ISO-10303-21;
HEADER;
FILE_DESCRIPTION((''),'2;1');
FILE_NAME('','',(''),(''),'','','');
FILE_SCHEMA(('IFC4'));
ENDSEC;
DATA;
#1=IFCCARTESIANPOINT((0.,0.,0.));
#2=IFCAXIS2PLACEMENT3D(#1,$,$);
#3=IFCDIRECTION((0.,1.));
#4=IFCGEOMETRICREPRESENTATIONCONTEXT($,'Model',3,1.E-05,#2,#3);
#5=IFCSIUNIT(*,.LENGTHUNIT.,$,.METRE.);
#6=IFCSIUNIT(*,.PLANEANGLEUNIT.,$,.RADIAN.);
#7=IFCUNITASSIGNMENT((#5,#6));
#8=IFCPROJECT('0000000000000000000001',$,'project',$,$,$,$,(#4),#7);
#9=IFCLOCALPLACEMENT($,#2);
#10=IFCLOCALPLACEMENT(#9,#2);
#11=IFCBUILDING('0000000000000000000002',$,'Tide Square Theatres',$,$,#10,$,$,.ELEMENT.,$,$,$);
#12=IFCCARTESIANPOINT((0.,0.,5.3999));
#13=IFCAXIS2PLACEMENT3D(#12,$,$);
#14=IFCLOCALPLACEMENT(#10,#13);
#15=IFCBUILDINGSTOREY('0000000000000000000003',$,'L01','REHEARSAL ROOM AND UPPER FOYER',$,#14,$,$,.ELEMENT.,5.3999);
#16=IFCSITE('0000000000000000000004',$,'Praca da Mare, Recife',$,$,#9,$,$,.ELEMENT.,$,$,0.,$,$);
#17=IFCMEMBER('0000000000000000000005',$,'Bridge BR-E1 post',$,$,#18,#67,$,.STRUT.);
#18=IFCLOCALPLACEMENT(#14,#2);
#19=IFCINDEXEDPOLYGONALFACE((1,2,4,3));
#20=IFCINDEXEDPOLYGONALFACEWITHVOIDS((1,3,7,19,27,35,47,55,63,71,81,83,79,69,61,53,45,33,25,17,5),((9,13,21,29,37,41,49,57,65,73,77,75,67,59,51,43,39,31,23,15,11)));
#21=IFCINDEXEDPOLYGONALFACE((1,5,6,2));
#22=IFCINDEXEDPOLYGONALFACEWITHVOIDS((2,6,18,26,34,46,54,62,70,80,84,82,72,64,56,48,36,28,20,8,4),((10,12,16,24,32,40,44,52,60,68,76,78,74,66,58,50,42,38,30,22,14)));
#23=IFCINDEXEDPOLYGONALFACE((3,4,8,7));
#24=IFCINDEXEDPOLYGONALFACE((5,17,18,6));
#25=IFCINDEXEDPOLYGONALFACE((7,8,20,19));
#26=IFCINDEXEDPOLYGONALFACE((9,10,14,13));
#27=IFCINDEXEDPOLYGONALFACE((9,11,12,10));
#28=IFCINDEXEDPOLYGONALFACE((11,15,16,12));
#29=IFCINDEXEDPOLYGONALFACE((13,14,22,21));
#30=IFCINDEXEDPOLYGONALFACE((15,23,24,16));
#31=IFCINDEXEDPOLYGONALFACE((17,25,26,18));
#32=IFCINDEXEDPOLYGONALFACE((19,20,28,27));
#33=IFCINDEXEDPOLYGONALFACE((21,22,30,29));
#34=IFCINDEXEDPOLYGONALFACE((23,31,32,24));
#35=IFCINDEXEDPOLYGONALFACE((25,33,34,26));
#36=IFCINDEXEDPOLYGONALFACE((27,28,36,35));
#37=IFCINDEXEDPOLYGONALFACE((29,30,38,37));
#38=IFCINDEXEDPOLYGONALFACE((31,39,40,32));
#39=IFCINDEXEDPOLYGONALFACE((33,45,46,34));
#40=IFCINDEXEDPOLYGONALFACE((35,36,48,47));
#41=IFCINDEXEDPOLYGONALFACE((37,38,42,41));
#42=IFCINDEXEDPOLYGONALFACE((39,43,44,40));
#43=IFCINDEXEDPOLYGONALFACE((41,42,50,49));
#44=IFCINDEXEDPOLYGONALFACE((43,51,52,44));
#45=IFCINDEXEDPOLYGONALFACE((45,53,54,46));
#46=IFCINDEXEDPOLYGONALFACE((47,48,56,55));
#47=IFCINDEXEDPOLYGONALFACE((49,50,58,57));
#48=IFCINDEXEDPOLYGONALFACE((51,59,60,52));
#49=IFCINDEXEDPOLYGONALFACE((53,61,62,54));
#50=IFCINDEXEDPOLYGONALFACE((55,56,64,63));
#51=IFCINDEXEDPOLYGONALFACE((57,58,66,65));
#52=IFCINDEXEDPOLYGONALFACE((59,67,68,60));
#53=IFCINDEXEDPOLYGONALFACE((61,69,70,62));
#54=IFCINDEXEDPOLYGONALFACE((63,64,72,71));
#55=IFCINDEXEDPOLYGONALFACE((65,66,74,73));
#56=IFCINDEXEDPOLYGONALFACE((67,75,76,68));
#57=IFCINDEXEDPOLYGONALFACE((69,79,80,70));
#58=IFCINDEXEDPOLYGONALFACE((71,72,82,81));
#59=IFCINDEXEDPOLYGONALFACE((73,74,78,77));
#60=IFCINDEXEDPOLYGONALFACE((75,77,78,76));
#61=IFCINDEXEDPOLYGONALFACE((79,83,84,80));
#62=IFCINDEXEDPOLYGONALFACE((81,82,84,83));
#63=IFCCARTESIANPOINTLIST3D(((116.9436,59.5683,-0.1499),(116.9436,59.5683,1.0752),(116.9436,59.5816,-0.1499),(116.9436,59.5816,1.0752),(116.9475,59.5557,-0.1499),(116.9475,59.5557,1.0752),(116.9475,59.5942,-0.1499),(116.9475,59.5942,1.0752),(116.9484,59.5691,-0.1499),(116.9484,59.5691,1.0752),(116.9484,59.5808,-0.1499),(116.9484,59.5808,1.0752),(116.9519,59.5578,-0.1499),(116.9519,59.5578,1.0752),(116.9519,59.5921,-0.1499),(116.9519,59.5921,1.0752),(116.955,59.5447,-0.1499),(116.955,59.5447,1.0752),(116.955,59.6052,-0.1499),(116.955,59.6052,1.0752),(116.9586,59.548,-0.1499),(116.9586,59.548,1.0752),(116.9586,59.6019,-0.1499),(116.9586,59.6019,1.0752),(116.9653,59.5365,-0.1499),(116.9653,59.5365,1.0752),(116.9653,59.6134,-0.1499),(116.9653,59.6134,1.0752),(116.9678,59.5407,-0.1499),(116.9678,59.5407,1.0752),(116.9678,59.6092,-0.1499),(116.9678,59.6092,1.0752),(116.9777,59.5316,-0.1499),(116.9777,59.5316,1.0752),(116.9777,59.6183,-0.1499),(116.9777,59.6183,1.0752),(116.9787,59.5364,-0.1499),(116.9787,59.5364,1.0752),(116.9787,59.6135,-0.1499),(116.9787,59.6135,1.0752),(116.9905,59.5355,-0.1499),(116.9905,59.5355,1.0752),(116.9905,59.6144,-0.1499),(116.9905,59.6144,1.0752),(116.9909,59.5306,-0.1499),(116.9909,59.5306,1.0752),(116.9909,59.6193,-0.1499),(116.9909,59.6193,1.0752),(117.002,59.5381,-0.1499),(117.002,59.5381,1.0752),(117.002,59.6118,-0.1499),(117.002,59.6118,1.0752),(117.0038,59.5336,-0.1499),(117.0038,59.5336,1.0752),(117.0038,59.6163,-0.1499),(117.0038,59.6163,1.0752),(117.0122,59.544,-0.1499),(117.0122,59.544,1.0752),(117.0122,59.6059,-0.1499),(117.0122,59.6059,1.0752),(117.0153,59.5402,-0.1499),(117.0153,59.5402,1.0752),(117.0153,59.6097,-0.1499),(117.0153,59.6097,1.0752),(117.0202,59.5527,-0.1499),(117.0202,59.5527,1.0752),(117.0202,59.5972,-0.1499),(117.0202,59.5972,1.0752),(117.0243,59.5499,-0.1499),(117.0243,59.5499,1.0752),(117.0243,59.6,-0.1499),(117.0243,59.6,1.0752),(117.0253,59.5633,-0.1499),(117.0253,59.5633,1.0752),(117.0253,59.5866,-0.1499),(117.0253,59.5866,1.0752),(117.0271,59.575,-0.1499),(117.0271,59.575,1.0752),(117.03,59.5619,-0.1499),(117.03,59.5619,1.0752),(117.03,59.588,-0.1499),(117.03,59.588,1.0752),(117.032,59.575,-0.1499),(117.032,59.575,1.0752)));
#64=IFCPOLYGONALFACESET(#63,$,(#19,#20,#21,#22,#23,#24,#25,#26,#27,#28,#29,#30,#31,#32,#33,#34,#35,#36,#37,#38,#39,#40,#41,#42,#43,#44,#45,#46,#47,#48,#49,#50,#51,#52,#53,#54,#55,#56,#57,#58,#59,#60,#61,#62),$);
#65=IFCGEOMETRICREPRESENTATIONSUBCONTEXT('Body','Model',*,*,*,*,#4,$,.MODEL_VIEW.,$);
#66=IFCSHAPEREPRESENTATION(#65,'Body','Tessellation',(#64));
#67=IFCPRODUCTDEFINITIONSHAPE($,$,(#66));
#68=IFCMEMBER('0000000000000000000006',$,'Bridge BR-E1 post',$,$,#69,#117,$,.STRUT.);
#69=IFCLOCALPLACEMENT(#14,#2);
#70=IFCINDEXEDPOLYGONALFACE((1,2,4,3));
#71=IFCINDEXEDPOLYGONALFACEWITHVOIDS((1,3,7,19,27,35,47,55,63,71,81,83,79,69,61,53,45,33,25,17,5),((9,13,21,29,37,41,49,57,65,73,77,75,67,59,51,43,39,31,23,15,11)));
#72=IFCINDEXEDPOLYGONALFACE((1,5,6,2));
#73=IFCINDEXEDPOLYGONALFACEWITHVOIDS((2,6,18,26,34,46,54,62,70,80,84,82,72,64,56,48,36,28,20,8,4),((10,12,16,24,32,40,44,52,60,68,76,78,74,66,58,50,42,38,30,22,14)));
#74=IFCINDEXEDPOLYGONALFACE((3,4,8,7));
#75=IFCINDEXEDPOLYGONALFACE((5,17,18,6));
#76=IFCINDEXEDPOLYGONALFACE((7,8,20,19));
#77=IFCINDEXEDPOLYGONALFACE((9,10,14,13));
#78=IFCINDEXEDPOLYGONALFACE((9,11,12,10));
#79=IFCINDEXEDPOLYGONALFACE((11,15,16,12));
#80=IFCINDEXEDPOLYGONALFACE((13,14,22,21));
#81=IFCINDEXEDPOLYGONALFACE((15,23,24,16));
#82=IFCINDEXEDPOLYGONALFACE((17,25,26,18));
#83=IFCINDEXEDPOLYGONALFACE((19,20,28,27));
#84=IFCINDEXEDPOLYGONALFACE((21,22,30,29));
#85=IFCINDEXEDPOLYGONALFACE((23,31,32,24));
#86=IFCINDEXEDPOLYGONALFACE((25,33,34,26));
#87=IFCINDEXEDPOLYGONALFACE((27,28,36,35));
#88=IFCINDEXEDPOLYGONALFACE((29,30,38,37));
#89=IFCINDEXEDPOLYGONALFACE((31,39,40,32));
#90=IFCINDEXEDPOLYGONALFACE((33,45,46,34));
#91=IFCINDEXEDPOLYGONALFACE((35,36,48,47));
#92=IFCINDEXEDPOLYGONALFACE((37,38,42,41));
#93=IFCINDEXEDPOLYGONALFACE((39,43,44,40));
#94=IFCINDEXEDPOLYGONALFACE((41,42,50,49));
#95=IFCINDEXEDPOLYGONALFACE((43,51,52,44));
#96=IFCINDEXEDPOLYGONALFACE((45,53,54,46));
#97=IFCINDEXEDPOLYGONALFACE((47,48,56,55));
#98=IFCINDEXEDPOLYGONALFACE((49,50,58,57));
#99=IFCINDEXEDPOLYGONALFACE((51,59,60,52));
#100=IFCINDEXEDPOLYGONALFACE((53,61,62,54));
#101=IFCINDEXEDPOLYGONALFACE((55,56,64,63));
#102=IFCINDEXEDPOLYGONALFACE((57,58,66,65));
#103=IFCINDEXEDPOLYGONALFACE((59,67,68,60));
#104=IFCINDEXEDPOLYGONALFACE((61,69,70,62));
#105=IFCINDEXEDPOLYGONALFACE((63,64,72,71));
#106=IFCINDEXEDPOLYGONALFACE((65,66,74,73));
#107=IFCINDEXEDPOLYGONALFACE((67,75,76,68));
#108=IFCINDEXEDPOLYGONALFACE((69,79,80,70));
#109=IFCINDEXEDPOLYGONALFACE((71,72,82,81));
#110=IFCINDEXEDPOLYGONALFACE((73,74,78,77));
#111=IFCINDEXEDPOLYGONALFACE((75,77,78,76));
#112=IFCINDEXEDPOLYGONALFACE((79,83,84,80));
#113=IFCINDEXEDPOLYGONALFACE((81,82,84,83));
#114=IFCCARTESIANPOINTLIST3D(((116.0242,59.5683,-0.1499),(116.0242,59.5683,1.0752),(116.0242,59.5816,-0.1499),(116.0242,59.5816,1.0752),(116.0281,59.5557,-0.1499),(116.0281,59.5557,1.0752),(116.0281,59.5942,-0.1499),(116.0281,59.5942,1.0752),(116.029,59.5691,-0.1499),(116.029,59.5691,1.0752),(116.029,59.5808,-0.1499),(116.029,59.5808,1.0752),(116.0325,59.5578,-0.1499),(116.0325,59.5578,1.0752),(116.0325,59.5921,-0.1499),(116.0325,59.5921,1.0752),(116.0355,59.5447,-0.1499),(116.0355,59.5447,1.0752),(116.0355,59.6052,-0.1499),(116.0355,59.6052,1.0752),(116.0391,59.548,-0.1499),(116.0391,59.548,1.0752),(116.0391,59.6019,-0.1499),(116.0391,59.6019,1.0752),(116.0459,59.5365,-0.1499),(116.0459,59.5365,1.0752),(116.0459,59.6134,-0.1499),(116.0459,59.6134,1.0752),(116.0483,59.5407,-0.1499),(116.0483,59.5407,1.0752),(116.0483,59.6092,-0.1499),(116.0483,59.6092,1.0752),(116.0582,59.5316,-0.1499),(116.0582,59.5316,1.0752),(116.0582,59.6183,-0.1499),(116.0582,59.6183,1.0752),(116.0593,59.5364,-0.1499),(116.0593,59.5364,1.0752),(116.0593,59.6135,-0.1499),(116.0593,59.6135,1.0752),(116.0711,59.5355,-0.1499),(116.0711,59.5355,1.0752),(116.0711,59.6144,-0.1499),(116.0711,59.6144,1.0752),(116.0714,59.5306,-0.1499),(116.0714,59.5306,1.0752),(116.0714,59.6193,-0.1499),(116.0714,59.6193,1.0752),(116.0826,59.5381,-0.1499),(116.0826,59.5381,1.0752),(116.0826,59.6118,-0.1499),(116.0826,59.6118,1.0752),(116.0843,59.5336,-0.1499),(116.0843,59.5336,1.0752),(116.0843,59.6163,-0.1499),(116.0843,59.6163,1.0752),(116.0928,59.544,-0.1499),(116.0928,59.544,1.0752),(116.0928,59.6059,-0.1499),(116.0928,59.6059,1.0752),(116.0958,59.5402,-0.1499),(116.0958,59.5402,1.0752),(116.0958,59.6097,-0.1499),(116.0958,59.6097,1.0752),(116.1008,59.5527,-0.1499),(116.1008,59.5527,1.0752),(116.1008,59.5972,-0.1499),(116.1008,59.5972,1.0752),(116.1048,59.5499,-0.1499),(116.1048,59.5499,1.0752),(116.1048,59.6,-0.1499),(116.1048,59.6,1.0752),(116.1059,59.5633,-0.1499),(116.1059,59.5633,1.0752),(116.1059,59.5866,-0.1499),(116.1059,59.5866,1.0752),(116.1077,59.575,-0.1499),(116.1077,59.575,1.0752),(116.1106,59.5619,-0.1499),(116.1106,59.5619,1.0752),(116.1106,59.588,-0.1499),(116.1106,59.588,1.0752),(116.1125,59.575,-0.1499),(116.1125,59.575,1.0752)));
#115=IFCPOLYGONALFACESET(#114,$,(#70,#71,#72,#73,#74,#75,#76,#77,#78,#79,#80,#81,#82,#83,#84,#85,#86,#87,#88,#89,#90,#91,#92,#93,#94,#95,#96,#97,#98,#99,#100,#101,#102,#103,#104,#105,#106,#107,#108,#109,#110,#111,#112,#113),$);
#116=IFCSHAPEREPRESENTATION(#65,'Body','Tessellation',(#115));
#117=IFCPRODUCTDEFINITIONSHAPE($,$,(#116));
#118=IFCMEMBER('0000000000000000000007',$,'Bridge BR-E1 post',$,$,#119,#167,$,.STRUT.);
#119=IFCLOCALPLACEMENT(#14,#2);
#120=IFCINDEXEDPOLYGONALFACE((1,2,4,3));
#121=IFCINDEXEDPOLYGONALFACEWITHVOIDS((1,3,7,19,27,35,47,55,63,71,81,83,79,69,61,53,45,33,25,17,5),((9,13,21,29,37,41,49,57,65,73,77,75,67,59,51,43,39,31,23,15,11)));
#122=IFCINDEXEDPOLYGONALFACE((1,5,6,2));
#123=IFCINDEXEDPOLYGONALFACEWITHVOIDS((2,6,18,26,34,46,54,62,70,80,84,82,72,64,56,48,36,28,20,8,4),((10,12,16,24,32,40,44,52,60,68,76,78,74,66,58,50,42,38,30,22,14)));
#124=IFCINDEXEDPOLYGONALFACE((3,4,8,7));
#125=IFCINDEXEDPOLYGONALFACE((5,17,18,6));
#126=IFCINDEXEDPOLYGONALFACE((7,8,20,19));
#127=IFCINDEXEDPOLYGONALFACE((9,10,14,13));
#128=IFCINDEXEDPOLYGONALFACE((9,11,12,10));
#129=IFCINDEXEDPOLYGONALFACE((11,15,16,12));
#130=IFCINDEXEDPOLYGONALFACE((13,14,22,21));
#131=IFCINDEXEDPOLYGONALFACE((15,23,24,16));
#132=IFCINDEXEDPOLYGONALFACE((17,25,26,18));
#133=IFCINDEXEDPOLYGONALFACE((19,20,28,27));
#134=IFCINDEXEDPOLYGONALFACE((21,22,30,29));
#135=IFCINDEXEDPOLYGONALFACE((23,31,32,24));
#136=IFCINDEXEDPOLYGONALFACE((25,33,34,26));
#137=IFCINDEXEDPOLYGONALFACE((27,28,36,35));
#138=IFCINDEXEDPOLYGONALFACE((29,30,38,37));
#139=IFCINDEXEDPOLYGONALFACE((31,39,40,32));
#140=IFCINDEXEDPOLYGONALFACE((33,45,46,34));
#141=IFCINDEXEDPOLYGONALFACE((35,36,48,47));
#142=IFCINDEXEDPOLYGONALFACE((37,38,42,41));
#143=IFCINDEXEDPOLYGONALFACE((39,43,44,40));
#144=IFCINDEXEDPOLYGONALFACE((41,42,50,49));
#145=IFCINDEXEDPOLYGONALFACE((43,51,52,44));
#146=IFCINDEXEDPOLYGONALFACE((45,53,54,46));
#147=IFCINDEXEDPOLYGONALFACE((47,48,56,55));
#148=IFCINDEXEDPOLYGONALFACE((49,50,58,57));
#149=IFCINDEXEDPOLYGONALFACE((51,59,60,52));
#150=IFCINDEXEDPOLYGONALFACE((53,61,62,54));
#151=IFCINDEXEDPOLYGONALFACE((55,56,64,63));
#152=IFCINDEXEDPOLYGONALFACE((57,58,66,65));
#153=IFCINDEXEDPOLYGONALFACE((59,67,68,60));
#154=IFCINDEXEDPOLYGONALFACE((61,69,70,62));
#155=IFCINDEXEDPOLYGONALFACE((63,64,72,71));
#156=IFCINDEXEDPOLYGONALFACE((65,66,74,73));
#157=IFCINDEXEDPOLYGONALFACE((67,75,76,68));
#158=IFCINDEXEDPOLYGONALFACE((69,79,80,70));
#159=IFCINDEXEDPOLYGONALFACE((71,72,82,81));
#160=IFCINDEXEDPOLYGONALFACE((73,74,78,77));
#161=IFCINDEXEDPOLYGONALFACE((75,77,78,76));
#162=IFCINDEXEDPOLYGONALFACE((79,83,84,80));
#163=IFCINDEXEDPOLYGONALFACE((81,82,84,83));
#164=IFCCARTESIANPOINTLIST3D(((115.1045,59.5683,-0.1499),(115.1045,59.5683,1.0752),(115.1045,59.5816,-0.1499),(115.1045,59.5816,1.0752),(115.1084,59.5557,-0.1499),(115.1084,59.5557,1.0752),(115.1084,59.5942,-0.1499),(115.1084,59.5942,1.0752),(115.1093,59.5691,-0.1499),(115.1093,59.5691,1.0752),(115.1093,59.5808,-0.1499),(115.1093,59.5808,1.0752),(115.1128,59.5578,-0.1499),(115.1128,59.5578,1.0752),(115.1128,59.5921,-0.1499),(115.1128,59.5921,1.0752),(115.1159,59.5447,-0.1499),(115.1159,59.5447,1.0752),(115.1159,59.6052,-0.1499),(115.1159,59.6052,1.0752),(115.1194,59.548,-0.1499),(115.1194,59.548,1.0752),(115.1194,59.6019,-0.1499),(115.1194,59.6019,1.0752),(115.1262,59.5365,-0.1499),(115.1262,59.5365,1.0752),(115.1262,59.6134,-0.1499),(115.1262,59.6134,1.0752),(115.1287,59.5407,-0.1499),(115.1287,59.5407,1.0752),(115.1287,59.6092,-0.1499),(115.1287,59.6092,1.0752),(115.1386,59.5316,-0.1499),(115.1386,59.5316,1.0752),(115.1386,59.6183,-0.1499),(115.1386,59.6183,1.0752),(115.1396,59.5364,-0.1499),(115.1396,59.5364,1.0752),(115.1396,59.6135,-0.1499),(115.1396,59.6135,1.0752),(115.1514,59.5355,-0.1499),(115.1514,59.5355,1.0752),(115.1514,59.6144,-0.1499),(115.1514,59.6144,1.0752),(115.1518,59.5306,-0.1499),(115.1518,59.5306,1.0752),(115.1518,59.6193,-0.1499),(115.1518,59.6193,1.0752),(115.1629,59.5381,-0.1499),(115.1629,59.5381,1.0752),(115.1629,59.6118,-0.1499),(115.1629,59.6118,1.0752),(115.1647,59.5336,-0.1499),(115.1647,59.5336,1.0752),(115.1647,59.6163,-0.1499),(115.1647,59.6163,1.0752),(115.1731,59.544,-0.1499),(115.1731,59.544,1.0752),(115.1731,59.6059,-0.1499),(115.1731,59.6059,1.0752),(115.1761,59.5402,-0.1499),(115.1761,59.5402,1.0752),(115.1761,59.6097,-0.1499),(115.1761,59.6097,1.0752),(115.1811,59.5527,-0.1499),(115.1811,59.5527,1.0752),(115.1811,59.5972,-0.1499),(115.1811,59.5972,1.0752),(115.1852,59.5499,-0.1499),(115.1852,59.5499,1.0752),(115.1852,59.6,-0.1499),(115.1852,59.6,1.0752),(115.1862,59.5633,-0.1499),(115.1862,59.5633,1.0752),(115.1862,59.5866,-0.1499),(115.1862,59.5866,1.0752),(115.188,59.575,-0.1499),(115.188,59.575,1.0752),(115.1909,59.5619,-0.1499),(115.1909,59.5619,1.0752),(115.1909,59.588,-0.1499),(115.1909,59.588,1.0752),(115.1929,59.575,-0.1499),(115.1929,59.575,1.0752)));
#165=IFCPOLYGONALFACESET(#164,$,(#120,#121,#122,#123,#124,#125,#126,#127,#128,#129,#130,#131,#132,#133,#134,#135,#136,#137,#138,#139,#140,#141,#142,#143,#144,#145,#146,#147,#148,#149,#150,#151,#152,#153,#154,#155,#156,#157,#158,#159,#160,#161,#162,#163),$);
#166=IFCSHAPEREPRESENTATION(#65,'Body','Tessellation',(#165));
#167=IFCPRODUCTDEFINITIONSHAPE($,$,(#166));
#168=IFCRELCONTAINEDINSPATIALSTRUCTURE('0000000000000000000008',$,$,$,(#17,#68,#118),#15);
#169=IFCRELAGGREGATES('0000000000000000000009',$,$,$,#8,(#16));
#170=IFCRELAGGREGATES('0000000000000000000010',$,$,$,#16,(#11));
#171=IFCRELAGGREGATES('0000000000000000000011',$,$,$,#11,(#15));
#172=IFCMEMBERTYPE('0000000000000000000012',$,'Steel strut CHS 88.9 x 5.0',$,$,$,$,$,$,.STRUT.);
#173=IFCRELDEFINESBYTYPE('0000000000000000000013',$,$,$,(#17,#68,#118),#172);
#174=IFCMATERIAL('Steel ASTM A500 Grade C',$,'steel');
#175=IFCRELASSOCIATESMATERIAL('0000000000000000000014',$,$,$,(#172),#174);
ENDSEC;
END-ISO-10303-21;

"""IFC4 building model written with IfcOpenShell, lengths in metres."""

from ifc_helpers import new_model, si_unit, direction, frame, origin, origin_2d, place, context, subcontext, project, spatial, hollow_circle, extrude, material, material_profile, profile_set, type_object, element, save


model = new_model("IFC4")

# Units and contexts
model_context = context("Model", 3, precision=1e-05, world=origin(), true_north=direction((0.0, 1.0)))
body_context = subcontext(model_context, "Body", "Model", "MODEL_VIEW")
ifc_project = project(units=[si_unit("LENGTHUNIT", "METRE"), si_unit("PLANEANGLEUNIT", "RADIAN")], contexts=[model_context])

# Site, building, storey
site_placement = place(None, origin())
site = spatial("IfcSite", under=ifc_project, at=site_placement, Name="Praca da Mare, Recife", CompositionType="ELEMENT", RefElevation=0.0)
building_placement = place(site_placement, origin())
building = spatial("IfcBuilding", under=site, at=building_placement, Name="Tide Square Theatres", CompositionType="ELEMENT")
storey_placement = place(building_placement, frame((0.0, 0.0, 5.3999)))
storey = spatial("IfcBuildingStorey", under=building, at=storey_placement, Name="L01", Description="REHEARSAL ROOM AND UPPER FOYER", CompositionType="ELEMENT", Elevation=5.3999)

# Members
ifc_material_1 = material(Name="Steel ASTM A500 Grade C", Category="steel")
ifc_material_profile_1 = material_profile(ifc_material_1, hollow_circle(Radius=0.0444, WallThickness=0.0049, at=origin_2d()))
ifc_profile_set_1 = profile_set([ifc_material_profile_1], Name="Steel ASTM A500 Grade C")
member_type_1 = type_object("IfcMemberType", Name="Steel strut CHS 88.9 x 5.0", PredefinedType="STRUT", material=ifc_profile_set_1)
for number, where, z_axis, x_axis, name in (
    (1, (116.9875, 59.575, -0.1499), (0.0, 0.0, 1.0), (1.0, 0.0, 0.0), "Bridge BR-E1 post"),
    (2, (116.0681, 59.575, -0.1499), (0.0, 0.0, 1.0), (1.0, 0.0, 0.0), "Bridge BR-E1 post"),
    (3, (115.1484, 59.575, -0.1499), (0.0, 0.0, 1.0), (1.0, 0.0, 0.0), "Bridge BR-E1 post"),
):
    element("IfcMember", number, at=place(storey_placement, frame(where, z_axis=z_axis, x_axis=x_axis)), inside=storey, type_object=member_type_1, Name=name, PredefinedType="STRUT", context=body_context, shape_type="SweptSolid", body=[
        extrude(hollow_circle(Radius=0.0444, WallThickness=0.0049, at=origin_2d()), origin(), (0.0, 0.0, 1.0), 1.2251),
    ])

save(model, "model.ifc")
